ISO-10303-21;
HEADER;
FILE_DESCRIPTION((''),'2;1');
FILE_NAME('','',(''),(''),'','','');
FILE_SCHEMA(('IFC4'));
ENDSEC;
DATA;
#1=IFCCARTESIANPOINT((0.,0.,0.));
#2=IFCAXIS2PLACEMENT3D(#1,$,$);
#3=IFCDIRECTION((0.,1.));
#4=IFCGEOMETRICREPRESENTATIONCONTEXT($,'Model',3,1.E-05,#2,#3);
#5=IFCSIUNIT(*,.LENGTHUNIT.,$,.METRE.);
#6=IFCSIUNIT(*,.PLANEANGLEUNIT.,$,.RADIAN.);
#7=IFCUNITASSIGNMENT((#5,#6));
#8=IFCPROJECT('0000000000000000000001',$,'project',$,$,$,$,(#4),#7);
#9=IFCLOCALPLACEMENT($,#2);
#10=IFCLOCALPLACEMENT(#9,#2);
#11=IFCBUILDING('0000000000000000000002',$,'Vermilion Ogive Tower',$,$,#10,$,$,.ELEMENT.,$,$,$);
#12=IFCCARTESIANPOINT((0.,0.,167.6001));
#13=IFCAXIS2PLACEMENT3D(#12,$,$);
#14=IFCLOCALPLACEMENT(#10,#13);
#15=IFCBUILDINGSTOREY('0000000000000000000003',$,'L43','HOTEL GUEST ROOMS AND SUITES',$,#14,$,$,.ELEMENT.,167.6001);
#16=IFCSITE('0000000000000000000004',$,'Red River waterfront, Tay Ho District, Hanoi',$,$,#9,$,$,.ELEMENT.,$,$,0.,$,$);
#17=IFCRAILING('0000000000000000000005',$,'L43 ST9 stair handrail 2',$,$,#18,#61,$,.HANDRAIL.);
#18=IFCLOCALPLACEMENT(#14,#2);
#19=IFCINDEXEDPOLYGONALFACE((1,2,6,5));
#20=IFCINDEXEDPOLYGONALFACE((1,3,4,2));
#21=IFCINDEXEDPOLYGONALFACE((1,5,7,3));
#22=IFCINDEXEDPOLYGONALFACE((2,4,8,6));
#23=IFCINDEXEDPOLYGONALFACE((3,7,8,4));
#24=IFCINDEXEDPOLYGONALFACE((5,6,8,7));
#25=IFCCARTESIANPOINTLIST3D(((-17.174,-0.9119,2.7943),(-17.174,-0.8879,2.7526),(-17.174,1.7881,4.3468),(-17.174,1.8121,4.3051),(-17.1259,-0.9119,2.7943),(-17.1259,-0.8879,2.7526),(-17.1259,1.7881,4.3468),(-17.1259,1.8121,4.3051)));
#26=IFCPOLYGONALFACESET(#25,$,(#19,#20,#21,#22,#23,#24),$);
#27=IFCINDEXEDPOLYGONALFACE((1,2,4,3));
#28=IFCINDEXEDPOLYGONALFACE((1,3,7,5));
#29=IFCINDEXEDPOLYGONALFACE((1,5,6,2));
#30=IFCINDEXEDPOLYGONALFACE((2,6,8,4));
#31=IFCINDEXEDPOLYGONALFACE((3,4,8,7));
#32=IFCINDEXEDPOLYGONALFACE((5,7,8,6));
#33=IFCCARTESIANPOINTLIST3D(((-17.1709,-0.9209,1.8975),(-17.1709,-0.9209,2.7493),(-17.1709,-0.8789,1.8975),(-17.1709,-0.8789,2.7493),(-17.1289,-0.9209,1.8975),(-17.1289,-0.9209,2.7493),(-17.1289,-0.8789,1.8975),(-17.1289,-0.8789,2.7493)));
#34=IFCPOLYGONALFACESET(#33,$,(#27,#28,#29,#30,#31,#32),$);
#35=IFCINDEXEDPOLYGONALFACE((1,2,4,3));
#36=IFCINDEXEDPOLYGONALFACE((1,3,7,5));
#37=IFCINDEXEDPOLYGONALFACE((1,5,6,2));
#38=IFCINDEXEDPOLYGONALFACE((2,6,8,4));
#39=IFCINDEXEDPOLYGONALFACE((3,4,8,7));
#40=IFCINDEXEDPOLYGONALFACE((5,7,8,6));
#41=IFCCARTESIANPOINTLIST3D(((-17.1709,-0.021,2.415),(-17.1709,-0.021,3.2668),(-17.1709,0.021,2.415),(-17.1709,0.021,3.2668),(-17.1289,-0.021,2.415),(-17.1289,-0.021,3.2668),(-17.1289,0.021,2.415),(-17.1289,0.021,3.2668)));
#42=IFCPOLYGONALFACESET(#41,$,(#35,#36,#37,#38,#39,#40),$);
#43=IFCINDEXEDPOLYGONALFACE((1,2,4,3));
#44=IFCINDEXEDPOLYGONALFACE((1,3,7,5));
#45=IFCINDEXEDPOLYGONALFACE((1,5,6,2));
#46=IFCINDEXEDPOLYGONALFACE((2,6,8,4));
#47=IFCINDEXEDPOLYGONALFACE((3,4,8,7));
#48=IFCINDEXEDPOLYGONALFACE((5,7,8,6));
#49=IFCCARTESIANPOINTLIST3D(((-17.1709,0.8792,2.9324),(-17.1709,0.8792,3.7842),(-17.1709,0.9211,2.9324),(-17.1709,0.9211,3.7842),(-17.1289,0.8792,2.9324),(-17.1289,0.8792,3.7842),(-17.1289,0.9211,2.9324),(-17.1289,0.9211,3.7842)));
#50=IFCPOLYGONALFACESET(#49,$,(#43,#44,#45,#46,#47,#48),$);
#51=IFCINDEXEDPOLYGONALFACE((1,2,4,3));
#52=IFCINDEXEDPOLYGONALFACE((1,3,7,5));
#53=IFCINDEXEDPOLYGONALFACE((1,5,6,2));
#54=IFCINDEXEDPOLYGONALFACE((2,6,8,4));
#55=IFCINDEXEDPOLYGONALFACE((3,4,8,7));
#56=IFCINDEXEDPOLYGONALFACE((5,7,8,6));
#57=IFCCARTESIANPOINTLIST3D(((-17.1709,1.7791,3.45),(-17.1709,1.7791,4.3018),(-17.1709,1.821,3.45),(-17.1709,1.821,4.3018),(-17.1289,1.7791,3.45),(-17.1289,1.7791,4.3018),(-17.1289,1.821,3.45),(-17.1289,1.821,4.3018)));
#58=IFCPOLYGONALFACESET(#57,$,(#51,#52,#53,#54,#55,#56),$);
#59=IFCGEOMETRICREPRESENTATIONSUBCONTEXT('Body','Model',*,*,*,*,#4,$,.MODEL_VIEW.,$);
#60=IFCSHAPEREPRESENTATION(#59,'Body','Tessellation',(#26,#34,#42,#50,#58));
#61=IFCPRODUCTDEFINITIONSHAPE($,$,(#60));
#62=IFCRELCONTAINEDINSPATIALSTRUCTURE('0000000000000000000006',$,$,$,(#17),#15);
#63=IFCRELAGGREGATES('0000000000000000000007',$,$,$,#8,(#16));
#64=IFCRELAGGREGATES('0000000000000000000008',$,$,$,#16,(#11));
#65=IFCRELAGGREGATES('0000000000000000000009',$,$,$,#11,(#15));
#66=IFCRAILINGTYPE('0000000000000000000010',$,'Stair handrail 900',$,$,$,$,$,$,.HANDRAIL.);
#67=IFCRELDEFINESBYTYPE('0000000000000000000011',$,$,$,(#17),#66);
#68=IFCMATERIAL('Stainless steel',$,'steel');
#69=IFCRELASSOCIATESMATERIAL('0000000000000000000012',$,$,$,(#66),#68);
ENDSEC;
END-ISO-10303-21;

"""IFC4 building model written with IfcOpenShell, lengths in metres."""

from ifc_helpers import new_model, si_unit, direction, frame, origin, origin_2d, place, context, subcontext, project, spatial, rectangle, extrude, material, type_object, element, save


model = new_model("IFC4")

# Units and contexts
model_context = context("Model", 3, precision=1e-05, world=origin(), true_north=direction((0.0, 1.0)))
body_context = subcontext(model_context, "Body", "Model", "MODEL_VIEW")
ifc_project = project(units=[si_unit("LENGTHUNIT", "METRE"), si_unit("PLANEANGLEUNIT", "RADIAN")], contexts=[model_context])

# Site, building, storey
site_placement = place(None, origin())
site = spatial("IfcSite", under=ifc_project, at=site_placement, Name="Red River waterfront, Tay Ho District, Hanoi", CompositionType="ELEMENT", RefElevation=0.0)
building_placement = place(site_placement, origin())
building = spatial("IfcBuilding", under=site, at=building_placement, Name="Vermilion Ogive Tower", CompositionType="ELEMENT")
storey_placement = place(building_placement, frame((0.0, 0.0, 167.6001)))
storey = spatial("IfcBuildingStorey", under=building, at=storey_placement, Name="L43", Description="HOTEL GUEST ROOMS AND SUITES", CompositionType="ELEMENT", Elevation=167.6001)

# Railing
ifc_material_1 = material(Name="Stainless steel", Category="steel")
railing_type = type_object("IfcRailingType", Name="Stair handrail 900", PredefinedType="HANDRAIL", material=ifc_material_1)
railing_placement = place(storey_placement, frame((-17.1499, -0.8999, 1.8975)))
element("IfcRailing", 1, at=railing_placement, inside=storey, type_object=railing_type, Name="L43 ST9 stair handrail 2", PredefinedType="HANDRAIL", context=body_context, shape_type="SweptSolid", body=[
    extrude(rectangle(XDim=0.0481, YDim=0.0481, at=origin_2d()), frame((0.0, 0.0, 0.876), z_axis=(0.0, 0.866904, 0.498476), x_axis=(-1.0, 0.0, 0.0)), (0.0, 0.0, 1.0), 3.1145),
    extrude(rectangle(XDim=0.042, YDim=0.042, at=origin_2d()), origin(), (0.0, 0.0, 1.0), 0.8518),
    extrude(rectangle(XDim=0.042, YDim=0.042, at=origin_2d()), frame((0.0, 0.8999, 0.5176)), (0.0, 0.0, 1.0), 0.8518),
    extrude(rectangle(XDim=0.042, YDim=0.042, at=origin_2d()), frame((0.0, 1.8, 1.0349)), (0.0, 0.0, 1.0), 0.8518),
    extrude(rectangle(XDim=0.042, YDim=0.042, at=origin_2d()), frame((0.0, 2.7, 1.5525)), (0.0, 0.0, 1.0), 0.8518),
])

save(model, "model.ifc")
